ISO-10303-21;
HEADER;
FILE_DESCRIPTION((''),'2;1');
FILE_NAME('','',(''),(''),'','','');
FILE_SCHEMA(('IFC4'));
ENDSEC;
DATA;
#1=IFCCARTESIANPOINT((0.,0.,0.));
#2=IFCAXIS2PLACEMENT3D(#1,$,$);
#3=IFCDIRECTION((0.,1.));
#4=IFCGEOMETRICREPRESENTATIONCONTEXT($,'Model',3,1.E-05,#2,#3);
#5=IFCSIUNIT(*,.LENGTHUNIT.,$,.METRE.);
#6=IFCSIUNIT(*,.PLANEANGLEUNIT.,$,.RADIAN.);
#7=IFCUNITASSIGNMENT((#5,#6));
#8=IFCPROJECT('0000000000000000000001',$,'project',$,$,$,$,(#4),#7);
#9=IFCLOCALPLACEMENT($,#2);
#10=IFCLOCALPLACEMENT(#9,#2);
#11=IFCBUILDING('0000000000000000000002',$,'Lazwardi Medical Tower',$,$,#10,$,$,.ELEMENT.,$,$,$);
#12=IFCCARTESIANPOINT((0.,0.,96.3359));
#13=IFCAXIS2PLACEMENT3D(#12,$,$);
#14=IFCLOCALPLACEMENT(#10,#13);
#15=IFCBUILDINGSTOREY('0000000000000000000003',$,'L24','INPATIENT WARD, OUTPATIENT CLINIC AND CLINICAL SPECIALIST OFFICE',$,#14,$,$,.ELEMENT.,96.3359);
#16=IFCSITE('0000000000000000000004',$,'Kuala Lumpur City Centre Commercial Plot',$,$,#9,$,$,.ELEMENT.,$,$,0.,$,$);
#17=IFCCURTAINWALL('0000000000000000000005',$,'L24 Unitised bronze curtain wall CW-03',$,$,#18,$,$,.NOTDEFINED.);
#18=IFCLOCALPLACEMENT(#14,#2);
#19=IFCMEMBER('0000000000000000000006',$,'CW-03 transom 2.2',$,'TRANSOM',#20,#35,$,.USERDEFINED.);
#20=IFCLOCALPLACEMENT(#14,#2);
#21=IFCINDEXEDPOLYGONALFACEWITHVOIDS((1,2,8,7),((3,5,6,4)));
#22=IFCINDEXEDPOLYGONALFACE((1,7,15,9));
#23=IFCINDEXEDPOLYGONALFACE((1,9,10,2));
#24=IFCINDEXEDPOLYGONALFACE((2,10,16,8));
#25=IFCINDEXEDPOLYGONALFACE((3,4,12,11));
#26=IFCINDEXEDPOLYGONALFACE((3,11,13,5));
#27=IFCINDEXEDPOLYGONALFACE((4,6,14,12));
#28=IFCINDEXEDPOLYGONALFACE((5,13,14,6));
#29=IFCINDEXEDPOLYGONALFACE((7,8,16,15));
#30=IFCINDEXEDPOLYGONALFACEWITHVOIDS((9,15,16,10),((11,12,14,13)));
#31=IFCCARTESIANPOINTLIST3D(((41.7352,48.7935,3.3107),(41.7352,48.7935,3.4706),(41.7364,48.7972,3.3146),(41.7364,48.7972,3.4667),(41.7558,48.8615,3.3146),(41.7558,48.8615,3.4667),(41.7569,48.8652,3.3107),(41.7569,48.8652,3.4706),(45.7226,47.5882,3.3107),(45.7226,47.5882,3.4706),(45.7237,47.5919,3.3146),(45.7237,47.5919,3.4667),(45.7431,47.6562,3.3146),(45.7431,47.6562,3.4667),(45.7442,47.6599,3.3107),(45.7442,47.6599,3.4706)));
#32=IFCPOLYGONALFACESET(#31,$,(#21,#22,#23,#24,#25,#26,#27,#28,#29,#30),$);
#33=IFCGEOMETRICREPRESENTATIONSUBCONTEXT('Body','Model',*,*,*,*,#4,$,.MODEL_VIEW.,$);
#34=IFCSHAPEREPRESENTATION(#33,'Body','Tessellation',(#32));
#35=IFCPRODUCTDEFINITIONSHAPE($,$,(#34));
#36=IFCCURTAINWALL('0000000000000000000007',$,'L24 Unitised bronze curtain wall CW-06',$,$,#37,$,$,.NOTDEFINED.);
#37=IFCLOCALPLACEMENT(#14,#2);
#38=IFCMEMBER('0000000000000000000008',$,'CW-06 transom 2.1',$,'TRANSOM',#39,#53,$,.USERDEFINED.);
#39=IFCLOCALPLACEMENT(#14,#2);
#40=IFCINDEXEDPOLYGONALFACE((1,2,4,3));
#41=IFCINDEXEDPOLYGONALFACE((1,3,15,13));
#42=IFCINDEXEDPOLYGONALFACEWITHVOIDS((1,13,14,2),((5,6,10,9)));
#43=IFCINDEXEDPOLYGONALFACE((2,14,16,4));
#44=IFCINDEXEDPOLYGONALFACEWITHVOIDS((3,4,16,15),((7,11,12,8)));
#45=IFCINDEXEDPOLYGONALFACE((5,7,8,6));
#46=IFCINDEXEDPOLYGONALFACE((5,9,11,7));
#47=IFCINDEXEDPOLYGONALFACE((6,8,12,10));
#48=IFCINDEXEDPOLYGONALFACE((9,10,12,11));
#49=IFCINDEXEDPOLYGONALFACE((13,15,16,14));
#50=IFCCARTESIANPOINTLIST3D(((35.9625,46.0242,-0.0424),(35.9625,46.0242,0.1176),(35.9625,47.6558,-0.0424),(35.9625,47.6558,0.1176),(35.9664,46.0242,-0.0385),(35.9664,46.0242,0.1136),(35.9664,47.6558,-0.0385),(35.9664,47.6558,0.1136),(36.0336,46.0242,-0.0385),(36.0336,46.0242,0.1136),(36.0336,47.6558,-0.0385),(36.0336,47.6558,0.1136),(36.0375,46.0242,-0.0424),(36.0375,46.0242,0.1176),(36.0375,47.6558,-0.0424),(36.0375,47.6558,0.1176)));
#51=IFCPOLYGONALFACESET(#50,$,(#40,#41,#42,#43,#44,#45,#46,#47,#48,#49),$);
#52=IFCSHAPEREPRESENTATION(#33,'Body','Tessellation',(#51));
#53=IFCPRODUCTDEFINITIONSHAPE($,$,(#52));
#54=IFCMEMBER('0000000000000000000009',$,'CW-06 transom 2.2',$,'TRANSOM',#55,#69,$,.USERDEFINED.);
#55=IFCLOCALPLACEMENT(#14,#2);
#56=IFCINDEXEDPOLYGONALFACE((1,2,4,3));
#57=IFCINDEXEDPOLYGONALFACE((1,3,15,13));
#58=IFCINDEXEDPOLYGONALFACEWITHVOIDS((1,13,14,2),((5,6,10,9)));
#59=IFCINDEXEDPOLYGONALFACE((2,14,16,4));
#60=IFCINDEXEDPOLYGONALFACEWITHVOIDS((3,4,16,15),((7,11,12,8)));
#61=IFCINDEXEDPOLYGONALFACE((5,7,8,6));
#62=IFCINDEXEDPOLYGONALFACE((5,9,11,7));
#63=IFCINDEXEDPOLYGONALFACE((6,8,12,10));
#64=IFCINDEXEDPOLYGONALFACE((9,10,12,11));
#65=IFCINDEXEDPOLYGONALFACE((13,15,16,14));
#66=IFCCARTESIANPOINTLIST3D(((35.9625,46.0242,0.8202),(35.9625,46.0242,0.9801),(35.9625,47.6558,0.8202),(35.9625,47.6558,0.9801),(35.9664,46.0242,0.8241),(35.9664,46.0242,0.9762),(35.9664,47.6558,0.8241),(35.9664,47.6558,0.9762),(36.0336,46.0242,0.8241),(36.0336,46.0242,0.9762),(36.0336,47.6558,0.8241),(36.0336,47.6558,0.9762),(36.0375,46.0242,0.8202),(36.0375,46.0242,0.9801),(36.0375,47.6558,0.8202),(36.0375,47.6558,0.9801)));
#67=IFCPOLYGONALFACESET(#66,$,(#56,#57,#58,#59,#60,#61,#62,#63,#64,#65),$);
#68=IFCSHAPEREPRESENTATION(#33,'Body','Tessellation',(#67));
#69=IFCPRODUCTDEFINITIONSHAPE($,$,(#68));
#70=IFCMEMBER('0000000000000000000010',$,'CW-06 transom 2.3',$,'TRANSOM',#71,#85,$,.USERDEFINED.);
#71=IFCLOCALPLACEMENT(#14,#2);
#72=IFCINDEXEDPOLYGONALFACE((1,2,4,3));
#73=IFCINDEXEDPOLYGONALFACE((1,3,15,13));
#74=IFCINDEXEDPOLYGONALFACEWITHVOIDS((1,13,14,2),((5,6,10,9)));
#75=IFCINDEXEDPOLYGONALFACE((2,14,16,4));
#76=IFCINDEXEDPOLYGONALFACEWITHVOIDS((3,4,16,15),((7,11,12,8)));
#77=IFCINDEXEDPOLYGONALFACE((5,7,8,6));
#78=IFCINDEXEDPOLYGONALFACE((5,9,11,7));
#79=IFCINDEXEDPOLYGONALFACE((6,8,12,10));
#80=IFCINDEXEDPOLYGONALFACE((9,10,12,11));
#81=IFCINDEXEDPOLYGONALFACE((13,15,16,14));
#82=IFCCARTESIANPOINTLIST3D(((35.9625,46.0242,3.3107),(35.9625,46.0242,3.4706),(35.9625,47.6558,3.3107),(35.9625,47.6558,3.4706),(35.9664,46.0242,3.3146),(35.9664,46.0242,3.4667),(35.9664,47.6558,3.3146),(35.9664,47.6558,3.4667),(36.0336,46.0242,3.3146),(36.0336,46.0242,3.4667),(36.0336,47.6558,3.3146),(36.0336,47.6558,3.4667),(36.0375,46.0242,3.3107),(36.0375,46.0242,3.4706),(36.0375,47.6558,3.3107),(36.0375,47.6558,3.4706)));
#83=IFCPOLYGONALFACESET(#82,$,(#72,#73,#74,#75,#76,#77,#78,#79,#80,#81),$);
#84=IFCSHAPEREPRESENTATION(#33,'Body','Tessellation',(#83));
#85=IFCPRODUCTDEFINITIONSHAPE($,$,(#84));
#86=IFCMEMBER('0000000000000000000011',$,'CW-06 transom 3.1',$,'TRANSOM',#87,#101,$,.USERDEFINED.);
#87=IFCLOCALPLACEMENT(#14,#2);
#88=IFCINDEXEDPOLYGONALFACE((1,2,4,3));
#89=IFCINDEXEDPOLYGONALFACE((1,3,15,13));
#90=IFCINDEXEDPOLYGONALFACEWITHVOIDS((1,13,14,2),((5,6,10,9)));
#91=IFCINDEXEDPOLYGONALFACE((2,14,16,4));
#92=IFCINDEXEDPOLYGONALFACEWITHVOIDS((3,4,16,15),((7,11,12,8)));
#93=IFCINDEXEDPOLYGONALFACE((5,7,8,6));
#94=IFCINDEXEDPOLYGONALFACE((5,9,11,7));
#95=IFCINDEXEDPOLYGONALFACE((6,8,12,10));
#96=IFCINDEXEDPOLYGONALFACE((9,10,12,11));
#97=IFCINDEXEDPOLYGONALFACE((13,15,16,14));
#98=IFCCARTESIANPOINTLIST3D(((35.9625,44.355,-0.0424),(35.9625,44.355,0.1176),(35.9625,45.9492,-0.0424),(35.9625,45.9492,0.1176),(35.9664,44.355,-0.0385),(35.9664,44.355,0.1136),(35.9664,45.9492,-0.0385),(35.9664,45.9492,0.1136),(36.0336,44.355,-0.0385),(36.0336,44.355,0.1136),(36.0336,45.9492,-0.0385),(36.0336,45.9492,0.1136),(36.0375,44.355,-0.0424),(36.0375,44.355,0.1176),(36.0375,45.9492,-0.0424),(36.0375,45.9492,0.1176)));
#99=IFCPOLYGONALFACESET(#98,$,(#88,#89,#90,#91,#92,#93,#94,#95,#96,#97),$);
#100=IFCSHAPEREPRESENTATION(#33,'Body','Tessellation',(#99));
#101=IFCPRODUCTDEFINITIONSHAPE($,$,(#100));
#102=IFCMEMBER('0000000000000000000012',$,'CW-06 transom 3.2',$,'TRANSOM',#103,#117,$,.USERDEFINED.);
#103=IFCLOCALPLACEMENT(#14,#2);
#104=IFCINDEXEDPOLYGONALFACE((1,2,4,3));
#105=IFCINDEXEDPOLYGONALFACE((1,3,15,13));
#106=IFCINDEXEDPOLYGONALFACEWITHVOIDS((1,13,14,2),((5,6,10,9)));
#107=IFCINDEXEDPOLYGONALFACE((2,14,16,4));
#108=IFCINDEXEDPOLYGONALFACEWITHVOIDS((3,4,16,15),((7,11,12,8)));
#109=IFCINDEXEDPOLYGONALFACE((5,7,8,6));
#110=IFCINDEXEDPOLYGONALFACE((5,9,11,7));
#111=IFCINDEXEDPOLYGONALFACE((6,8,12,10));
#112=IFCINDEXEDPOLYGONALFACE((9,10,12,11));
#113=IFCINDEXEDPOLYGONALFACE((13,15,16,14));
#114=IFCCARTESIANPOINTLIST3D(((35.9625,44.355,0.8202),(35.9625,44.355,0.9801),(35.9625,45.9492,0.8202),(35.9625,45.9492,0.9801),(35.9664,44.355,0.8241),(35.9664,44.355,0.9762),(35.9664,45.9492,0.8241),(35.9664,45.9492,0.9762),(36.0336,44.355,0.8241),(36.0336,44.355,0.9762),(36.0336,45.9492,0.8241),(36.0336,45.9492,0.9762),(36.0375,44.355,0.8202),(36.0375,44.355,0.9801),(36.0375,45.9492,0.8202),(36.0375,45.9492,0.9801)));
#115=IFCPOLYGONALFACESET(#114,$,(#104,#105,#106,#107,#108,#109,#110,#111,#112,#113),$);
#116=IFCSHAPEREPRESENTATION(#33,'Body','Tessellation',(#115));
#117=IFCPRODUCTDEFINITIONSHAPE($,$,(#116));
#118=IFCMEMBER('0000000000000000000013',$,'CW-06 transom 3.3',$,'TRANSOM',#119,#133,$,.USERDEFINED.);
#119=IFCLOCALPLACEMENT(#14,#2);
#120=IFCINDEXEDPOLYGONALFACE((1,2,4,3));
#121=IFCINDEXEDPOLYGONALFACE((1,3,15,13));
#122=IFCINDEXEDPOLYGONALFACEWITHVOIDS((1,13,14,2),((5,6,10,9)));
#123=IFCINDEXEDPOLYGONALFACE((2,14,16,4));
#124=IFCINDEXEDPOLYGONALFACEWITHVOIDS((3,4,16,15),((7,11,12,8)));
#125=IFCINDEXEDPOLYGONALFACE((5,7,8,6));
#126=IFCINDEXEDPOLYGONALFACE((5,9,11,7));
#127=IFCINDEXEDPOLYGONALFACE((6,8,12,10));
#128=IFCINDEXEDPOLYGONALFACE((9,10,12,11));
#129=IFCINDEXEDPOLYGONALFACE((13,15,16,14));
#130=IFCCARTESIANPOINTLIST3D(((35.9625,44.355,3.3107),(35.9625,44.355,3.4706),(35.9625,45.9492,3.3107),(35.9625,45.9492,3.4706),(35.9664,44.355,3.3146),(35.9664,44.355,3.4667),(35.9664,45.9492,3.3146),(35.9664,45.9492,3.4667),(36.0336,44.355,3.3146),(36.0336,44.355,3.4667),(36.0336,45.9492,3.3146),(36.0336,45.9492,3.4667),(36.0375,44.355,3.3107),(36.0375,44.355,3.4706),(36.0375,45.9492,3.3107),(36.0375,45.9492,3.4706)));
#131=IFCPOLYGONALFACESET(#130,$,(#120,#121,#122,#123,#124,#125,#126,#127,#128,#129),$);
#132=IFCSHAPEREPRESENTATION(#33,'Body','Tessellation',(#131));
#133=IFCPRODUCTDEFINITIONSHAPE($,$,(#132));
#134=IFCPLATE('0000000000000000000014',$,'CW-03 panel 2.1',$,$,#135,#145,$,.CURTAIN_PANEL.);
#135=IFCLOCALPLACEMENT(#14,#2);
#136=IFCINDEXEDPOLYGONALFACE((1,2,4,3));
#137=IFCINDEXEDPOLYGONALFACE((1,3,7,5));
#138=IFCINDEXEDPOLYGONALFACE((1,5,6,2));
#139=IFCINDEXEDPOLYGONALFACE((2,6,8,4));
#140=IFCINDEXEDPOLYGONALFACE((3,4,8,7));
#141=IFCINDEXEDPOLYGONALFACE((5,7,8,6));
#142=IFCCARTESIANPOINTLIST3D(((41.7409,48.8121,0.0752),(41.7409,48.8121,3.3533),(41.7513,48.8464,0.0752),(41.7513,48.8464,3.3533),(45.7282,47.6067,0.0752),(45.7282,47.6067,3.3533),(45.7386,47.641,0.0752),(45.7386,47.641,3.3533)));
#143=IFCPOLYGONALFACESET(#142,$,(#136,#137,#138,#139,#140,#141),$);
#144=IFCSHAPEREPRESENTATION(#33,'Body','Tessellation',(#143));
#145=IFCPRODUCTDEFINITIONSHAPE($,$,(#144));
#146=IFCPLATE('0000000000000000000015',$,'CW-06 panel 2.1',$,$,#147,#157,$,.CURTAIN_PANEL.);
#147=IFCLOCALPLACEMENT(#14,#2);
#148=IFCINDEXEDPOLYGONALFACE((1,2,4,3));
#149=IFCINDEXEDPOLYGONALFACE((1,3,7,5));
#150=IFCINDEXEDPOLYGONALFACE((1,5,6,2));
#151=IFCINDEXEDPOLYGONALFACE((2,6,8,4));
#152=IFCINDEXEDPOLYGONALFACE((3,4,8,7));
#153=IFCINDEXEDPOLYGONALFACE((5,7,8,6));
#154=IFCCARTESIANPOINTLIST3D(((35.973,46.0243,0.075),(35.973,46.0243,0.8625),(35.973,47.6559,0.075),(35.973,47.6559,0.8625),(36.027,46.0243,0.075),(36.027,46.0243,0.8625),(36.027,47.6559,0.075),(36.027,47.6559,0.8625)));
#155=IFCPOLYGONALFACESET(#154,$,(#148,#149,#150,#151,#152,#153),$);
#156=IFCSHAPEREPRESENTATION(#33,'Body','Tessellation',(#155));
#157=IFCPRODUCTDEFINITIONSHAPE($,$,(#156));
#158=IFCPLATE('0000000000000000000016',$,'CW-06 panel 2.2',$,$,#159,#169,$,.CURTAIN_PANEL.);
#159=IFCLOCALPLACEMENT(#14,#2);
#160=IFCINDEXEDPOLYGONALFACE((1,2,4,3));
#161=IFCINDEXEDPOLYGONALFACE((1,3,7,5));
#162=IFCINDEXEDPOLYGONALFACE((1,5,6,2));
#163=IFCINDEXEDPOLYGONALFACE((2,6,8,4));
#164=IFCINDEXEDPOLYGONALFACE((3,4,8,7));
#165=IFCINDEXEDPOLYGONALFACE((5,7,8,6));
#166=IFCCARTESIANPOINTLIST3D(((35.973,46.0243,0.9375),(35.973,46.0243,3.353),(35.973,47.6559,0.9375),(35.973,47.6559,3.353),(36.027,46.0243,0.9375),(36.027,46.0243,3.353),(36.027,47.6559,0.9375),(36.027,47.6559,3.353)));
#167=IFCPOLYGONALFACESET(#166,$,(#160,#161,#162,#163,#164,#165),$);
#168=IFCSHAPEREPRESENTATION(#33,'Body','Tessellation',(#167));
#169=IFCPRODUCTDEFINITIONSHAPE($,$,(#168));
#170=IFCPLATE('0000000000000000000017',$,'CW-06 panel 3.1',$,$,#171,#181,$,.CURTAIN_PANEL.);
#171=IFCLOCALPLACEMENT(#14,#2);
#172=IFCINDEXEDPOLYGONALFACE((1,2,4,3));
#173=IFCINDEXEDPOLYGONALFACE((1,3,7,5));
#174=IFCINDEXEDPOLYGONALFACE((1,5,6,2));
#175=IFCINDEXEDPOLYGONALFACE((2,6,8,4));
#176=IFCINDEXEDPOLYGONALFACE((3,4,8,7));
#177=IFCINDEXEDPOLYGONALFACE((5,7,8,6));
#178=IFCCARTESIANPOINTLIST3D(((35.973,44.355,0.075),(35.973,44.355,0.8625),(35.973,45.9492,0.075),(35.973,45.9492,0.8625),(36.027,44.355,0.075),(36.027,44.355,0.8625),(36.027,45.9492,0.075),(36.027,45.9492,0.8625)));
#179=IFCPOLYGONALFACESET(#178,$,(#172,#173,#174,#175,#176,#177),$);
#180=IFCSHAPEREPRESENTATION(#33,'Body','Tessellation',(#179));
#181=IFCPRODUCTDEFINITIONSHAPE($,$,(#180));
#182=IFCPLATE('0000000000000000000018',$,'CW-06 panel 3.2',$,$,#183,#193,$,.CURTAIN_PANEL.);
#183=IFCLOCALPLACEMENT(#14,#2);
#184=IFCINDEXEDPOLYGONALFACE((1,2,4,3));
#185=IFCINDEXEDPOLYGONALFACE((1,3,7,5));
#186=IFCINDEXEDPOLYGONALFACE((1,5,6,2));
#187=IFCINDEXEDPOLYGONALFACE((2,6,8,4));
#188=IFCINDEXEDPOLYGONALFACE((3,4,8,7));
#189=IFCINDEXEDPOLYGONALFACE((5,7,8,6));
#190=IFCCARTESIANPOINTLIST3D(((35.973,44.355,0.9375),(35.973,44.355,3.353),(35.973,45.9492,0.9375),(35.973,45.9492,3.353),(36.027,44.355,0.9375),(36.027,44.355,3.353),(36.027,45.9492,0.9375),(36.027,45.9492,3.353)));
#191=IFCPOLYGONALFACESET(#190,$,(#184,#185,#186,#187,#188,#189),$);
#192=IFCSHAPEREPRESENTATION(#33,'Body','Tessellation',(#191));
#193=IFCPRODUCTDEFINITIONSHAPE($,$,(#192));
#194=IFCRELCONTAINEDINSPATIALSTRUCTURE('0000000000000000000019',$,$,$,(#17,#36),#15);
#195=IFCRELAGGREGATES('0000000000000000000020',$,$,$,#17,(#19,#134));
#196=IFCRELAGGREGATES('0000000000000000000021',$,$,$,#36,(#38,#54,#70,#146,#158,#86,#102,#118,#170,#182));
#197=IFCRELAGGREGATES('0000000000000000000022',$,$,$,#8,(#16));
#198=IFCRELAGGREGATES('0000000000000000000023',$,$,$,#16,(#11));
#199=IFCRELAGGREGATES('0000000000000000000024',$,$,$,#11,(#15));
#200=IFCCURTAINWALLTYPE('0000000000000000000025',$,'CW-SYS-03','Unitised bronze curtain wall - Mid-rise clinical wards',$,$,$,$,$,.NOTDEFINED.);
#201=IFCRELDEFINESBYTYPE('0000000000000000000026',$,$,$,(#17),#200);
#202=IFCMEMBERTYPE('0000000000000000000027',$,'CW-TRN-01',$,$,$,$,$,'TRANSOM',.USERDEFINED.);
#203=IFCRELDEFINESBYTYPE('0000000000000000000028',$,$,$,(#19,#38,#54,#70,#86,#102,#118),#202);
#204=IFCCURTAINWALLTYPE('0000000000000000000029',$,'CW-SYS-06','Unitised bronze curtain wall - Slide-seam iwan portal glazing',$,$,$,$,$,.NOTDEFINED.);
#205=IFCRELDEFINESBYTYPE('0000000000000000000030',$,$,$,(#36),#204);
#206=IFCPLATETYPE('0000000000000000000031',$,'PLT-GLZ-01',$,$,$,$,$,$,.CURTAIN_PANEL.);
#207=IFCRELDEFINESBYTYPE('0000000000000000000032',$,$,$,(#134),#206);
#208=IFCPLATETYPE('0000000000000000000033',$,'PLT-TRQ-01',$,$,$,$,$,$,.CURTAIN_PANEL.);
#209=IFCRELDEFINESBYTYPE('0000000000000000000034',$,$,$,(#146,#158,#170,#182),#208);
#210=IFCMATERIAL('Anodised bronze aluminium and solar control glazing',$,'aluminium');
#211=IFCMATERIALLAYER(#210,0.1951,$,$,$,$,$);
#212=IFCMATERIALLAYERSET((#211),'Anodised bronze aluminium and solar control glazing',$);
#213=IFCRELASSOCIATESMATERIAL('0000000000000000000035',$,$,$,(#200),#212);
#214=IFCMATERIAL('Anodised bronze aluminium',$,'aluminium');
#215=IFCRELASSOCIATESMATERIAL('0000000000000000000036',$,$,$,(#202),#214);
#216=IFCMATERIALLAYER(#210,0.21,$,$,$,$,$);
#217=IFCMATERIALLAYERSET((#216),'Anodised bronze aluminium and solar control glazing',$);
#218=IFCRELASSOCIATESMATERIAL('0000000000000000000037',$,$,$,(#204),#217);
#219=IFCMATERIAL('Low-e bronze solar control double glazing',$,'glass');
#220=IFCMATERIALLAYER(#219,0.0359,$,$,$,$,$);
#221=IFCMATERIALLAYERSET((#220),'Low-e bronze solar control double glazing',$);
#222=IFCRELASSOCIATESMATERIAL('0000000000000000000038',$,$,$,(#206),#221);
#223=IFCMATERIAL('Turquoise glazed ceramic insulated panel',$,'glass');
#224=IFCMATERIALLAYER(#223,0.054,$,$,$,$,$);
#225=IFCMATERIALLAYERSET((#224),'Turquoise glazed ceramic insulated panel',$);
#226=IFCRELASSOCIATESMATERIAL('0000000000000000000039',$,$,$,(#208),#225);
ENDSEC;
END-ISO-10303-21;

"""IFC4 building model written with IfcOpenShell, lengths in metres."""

from ifc_helpers import new_model, si_unit, direction, frame, origin, origin_2d, place, context, subcontext, project, spatial, rectangle, hollow_rectangle, extrude, material, layer, layer_set, material_profile, profile_set, type_object, element, aggregate, save


model = new_model("IFC4")

# Units and contexts
model_context = context("Model", 3, precision=1e-05, world=origin(), true_north=direction((0.0, 1.0)))
body_context = subcontext(model_context, "Body", "Model", "MODEL_VIEW")
ifc_project = project(units=[si_unit("LENGTHUNIT", "METRE"), si_unit("PLANEANGLEUNIT", "RADIAN")], contexts=[model_context])

# Site, building, storey
site_placement = place(None, origin())
site = spatial("IfcSite", under=ifc_project, at=site_placement, Name="Kuala Lumpur City Centre Commercial Plot", CompositionType="ELEMENT", RefElevation=0.0)
building_placement = place(site_placement, origin())
building = spatial("IfcBuilding", under=site, at=building_placement, Name="Lazwardi Medical Tower", CompositionType="ELEMENT")
storey_placement = place(building_placement, frame((0.0, 0.0, 96.3359)))
storey = spatial("IfcBuildingStorey", under=building, at=storey_placement, Name="L24", Description="INPATIENT WARD, OUTPATIENT CLINIC AND CLINICAL SPECIALIST OFFICE", CompositionType="ELEMENT", Elevation=96.3359)

# Curtain walls, members
ifc_material_1 = material(Name="Anodised bronze aluminium and solar control glazing", Category="aluminium")
ifc_layer_1 = layer(ifc_material_1, 0.1951)
ifc_layer_set_1 = layer_set([ifc_layer_1], Name="Anodised bronze aluminium and solar control glazing")
curtain_wall_type_1 = type_object("IfcCurtainWallType", Name="CW-SYS-03", Description="Unitised bronze curtain wall - Mid-rise clinical wards", PredefinedType="NOTDEFINED", material=ifc_layer_set_1)
curtain_wall_1_placement = place(storey_placement, origin())
curtain_wall_1 = element("IfcCurtainWall", 1, at=curtain_wall_1_placement, inside=storey, type_object=curtain_wall_type_1, Name="L24 Unitised bronze curtain wall CW-03", PredefinedType="NOTDEFINED")
ifc_material_2 = material(Name="Anodised bronze aluminium", Category="aluminium")
ifc_material_profile_1 = material_profile(ifc_material_2, hollow_rectangle(XDim=0.075, YDim=0.1599, WallThickness=0.0039, at=origin_2d()), Name="ALU-TRANSOM 160x75x4")
ifc_profile_set_1 = profile_set([ifc_material_profile_1], Name="Anodised bronze aluminium")
member_type_1 = type_object("IfcMemberType", Name="CW-TRN-01", ElementType="TRANSOM", PredefinedType="USERDEFINED", material=ifc_profile_set_1)
member_1_placement = place(storey_placement, frame((45.7334, 47.624, 3.3906), z_axis=(-0.957221, 0.289358, 0.0), x_axis=(-0.289358, -0.957221, 0.0)))
member_1 = element("IfcMember", 2, at=member_1_placement, type_object=member_type_1, Name="CW-03 transom 2.2", ObjectType="TRANSOM", PredefinedType="USERDEFINED", context=body_context, shape_type="SweptSolid", body=[
    extrude(hollow_rectangle(XDim=0.075, YDim=0.1599, WallThickness=0.0039, at=origin_2d()), origin(), (0.0, 0.0, 1.0), 4.1655),
])
ifc_layer_2 = layer(ifc_material_1, 0.21)
ifc_layer_set_2 = layer_set([ifc_layer_2], Name="Anodised bronze aluminium and solar control glazing")
curtain_wall_type_2 = type_object("IfcCurtainWallType", Name="CW-SYS-06", Description="Unitised bronze curtain wall - Slide-seam iwan portal glazing", PredefinedType="NOTDEFINED", material=ifc_layer_set_2)
curtain_wall_2_placement = place(storey_placement, origin())
curtain_wall_2 = element("IfcCurtainWall", 3, at=curtain_wall_2_placement, inside=storey, type_object=curtain_wall_type_2, Name="L24 Unitised bronze curtain wall CW-06", PredefinedType="NOTDEFINED")
member_2_placement = place(storey_placement, frame((36.0, 47.6558, 0.0376), z_axis=(0.0, -1.0, 0.0), x_axis=(1.0, 0.0, 0.0)))
member_2 = element("IfcMember", 4, at=member_2_placement, type_object=member_type_1, Name="CW-06 transom 2.1", ObjectType="TRANSOM", PredefinedType="USERDEFINED", context=body_context, shape_type="SweptSolid", body=[
    extrude(hollow_rectangle(XDim=0.075, YDim=0.1599, WallThickness=0.0039, at=origin_2d()), origin(), (0.0, 0.0, 1.0), 1.6316),
])
member_3_placement = place(storey_placement, frame((36.0, 47.6558, 0.9001), z_axis=(0.0, -1.0, 0.0), x_axis=(1.0, 0.0, 0.0)))
member_3 = element("IfcMember", 5, at=member_3_placement, type_object=member_type_1, Name="CW-06 transom 2.2", ObjectType="TRANSOM", PredefinedType="USERDEFINED", context=body_context, shape_type="SweptSolid", body=[
    extrude(hollow_rectangle(XDim=0.075, YDim=0.1599, WallThickness=0.0039, at=origin_2d()), origin(), (0.0, 0.0, 1.0), 1.6316),
])
member_4_placement = place(storey_placement, frame((36.0, 47.6558, 3.3906), z_axis=(0.0, -1.0, 0.0), x_axis=(1.0, 0.0, 0.0)))
member_4 = element("IfcMember", 6, at=member_4_placement, type_object=member_type_1, Name="CW-06 transom 2.3", ObjectType="TRANSOM", PredefinedType="USERDEFINED", context=body_context, shape_type="SweptSolid", body=[
    extrude(hollow_rectangle(XDim=0.075, YDim=0.1599, WallThickness=0.0039, at=origin_2d()), origin(), (0.0, 0.0, 1.0), 1.6316),
])
member_5_placement = place(storey_placement, frame((36.0, 45.9492, 0.0376), z_axis=(0.0, -1.0, 0.0), x_axis=(1.0, 0.0, 0.0)))
member_5 = element("IfcMember", 7, at=member_5_placement, type_object=member_type_1, Name="CW-06 transom 3.1", ObjectType="TRANSOM", PredefinedType="USERDEFINED", context=body_context, shape_type="SweptSolid", body=[
    extrude(hollow_rectangle(XDim=0.075, YDim=0.1599, WallThickness=0.0039, at=origin_2d()), origin(), (0.0, 0.0, 1.0), 1.5942),
])
member_6_placement = place(storey_placement, frame((36.0, 45.9492, 0.9001), z_axis=(0.0, -1.0, 0.0), x_axis=(1.0, 0.0, 0.0)))
member_6 = element("IfcMember", 8, at=member_6_placement, type_object=member_type_1, Name="CW-06 transom 3.2", ObjectType="TRANSOM", PredefinedType="USERDEFINED", context=body_context, shape_type="SweptSolid", body=[
    extrude(hollow_rectangle(XDim=0.075, YDim=0.1599, WallThickness=0.0039, at=origin_2d()), origin(), (0.0, 0.0, 1.0), 1.5942),
])
member_7_placement = place(storey_placement, frame((36.0, 45.9492, 3.3906), z_axis=(0.0, -1.0, 0.0), x_axis=(1.0, 0.0, 0.0)))
member_7 = element("IfcMember", 9, at=member_7_placement, type_object=member_type_1, Name="CW-06 transom 3.3", ObjectType="TRANSOM", PredefinedType="USERDEFINED", context=body_context, shape_type="SweptSolid", body=[
    extrude(hollow_rectangle(XDim=0.075, YDim=0.1599, WallThickness=0.0039, at=origin_2d()), origin(), (0.0, 0.0, 1.0), 1.5942),
])

# Plates
ifc_material_3 = material(Name="Low-e bronze solar control double glazing", Category="glass")
ifc_layer_3 = layer(ifc_material_3, 0.0359)
ifc_layer_set_3 = layer_set([ifc_layer_3], Name="Low-e bronze solar control double glazing")
plate_type_1 = type_object("IfcPlateType", Name="PLT-GLZ-01", PredefinedType="CURTAIN_PANEL", material=ifc_layer_set_3)
plate_1_placement = place(storey_placement, frame((43.7397, 48.2266, 0.0752), z_axis=(0.0, 0.0, 1.0), x_axis=(-0.957216, 0.289374, 0.0)))
plate_1 = element("IfcPlate", 10, at=plate_1_placement, type_object=plate_type_1, Name="CW-03 panel 2.1", PredefinedType="CURTAIN_PANEL", context=body_context, shape_type="SweptSolid", body=[
    extrude(rectangle(XDim=4.1655, YDim=0.0359, at=origin_2d()), origin(), (0.0, 0.0, 1.0), 3.2781),
])
aggregate(curtain_wall_1, [member_1, plate_1])
ifc_material_4 = material(Name="Turquoise glazed ceramic insulated panel", Category="glass")
ifc_layer_4 = layer(ifc_material_4, 0.054)
ifc_layer_set_4 = layer_set([ifc_layer_4], Name="Turquoise glazed ceramic insulated panel")
plate_type_2 = type_object("IfcPlateType", Name="PLT-TRQ-01", PredefinedType="CURTAIN_PANEL", material=ifc_layer_set_4)
plate_2_placement = place(storey_placement, frame((36.0, 46.8401, 0.075), z_axis=(0.0, 0.0, 1.0), x_axis=(0.0, -1.0, 0.0)))
plate_2 = element("IfcPlate", 11, at=plate_2_placement, type_object=plate_type_2, Name="CW-06 panel 2.1", PredefinedType="CURTAIN_PANEL", context=body_context, shape_type="SweptSolid", body=[
    extrude(rectangle(XDim=1.6316, YDim=0.054, at=origin_2d()), origin(), (0.0, 0.0, 1.0), 0.7876),
])
plate_3_placement = place(storey_placement, frame((36.0, 46.8401, 0.9375), z_axis=(0.0, 0.0, 1.0), x_axis=(0.0, -1.0, 0.0)))
plate_3 = element("IfcPlate", 12, at=plate_3_placement, type_object=plate_type_2, Name="CW-06 panel 2.2", PredefinedType="CURTAIN_PANEL", context=body_context, shape_type="SweptSolid", body=[
    extrude(rectangle(XDim=1.6316, YDim=0.054, at=origin_2d()), origin(), (0.0, 0.0, 1.0), 2.4155),
])
plate_4_placement = place(storey_placement, frame((36.0, 45.1521, 0.075), z_axis=(0.0, 0.0, 1.0), x_axis=(0.0, -1.0, 0.0)))
plate_4 = element("IfcPlate", 13, at=plate_4_placement, type_object=plate_type_2, Name="CW-06 panel 3.1", PredefinedType="CURTAIN_PANEL", context=body_context, shape_type="SweptSolid", body=[
    extrude(rectangle(XDim=1.5942, YDim=0.054, at=origin_2d()), origin(), (0.0, 0.0, 1.0), 0.7876),
])
plate_5_placement = place(storey_placement, frame((36.0, 45.1521, 0.9375), z_axis=(0.0, 0.0, 1.0), x_axis=(0.0, -1.0, 0.0)))
plate_5 = element("IfcPlate", 14, at=plate_5_placement, type_object=plate_type_2, Name="CW-06 panel 3.2", PredefinedType="CURTAIN_PANEL", context=body_context, shape_type="SweptSolid", body=[
    extrude(rectangle(XDim=1.5942, YDim=0.054, at=origin_2d()), origin(), (0.0, 0.0, 1.0), 2.4155),
])
aggregate(curtain_wall_2, [member_2, member_3, member_4, plate_2, plate_3, member_5, member_6, member_7, plate_4, plate_5])

save(model, "model.ifc")
